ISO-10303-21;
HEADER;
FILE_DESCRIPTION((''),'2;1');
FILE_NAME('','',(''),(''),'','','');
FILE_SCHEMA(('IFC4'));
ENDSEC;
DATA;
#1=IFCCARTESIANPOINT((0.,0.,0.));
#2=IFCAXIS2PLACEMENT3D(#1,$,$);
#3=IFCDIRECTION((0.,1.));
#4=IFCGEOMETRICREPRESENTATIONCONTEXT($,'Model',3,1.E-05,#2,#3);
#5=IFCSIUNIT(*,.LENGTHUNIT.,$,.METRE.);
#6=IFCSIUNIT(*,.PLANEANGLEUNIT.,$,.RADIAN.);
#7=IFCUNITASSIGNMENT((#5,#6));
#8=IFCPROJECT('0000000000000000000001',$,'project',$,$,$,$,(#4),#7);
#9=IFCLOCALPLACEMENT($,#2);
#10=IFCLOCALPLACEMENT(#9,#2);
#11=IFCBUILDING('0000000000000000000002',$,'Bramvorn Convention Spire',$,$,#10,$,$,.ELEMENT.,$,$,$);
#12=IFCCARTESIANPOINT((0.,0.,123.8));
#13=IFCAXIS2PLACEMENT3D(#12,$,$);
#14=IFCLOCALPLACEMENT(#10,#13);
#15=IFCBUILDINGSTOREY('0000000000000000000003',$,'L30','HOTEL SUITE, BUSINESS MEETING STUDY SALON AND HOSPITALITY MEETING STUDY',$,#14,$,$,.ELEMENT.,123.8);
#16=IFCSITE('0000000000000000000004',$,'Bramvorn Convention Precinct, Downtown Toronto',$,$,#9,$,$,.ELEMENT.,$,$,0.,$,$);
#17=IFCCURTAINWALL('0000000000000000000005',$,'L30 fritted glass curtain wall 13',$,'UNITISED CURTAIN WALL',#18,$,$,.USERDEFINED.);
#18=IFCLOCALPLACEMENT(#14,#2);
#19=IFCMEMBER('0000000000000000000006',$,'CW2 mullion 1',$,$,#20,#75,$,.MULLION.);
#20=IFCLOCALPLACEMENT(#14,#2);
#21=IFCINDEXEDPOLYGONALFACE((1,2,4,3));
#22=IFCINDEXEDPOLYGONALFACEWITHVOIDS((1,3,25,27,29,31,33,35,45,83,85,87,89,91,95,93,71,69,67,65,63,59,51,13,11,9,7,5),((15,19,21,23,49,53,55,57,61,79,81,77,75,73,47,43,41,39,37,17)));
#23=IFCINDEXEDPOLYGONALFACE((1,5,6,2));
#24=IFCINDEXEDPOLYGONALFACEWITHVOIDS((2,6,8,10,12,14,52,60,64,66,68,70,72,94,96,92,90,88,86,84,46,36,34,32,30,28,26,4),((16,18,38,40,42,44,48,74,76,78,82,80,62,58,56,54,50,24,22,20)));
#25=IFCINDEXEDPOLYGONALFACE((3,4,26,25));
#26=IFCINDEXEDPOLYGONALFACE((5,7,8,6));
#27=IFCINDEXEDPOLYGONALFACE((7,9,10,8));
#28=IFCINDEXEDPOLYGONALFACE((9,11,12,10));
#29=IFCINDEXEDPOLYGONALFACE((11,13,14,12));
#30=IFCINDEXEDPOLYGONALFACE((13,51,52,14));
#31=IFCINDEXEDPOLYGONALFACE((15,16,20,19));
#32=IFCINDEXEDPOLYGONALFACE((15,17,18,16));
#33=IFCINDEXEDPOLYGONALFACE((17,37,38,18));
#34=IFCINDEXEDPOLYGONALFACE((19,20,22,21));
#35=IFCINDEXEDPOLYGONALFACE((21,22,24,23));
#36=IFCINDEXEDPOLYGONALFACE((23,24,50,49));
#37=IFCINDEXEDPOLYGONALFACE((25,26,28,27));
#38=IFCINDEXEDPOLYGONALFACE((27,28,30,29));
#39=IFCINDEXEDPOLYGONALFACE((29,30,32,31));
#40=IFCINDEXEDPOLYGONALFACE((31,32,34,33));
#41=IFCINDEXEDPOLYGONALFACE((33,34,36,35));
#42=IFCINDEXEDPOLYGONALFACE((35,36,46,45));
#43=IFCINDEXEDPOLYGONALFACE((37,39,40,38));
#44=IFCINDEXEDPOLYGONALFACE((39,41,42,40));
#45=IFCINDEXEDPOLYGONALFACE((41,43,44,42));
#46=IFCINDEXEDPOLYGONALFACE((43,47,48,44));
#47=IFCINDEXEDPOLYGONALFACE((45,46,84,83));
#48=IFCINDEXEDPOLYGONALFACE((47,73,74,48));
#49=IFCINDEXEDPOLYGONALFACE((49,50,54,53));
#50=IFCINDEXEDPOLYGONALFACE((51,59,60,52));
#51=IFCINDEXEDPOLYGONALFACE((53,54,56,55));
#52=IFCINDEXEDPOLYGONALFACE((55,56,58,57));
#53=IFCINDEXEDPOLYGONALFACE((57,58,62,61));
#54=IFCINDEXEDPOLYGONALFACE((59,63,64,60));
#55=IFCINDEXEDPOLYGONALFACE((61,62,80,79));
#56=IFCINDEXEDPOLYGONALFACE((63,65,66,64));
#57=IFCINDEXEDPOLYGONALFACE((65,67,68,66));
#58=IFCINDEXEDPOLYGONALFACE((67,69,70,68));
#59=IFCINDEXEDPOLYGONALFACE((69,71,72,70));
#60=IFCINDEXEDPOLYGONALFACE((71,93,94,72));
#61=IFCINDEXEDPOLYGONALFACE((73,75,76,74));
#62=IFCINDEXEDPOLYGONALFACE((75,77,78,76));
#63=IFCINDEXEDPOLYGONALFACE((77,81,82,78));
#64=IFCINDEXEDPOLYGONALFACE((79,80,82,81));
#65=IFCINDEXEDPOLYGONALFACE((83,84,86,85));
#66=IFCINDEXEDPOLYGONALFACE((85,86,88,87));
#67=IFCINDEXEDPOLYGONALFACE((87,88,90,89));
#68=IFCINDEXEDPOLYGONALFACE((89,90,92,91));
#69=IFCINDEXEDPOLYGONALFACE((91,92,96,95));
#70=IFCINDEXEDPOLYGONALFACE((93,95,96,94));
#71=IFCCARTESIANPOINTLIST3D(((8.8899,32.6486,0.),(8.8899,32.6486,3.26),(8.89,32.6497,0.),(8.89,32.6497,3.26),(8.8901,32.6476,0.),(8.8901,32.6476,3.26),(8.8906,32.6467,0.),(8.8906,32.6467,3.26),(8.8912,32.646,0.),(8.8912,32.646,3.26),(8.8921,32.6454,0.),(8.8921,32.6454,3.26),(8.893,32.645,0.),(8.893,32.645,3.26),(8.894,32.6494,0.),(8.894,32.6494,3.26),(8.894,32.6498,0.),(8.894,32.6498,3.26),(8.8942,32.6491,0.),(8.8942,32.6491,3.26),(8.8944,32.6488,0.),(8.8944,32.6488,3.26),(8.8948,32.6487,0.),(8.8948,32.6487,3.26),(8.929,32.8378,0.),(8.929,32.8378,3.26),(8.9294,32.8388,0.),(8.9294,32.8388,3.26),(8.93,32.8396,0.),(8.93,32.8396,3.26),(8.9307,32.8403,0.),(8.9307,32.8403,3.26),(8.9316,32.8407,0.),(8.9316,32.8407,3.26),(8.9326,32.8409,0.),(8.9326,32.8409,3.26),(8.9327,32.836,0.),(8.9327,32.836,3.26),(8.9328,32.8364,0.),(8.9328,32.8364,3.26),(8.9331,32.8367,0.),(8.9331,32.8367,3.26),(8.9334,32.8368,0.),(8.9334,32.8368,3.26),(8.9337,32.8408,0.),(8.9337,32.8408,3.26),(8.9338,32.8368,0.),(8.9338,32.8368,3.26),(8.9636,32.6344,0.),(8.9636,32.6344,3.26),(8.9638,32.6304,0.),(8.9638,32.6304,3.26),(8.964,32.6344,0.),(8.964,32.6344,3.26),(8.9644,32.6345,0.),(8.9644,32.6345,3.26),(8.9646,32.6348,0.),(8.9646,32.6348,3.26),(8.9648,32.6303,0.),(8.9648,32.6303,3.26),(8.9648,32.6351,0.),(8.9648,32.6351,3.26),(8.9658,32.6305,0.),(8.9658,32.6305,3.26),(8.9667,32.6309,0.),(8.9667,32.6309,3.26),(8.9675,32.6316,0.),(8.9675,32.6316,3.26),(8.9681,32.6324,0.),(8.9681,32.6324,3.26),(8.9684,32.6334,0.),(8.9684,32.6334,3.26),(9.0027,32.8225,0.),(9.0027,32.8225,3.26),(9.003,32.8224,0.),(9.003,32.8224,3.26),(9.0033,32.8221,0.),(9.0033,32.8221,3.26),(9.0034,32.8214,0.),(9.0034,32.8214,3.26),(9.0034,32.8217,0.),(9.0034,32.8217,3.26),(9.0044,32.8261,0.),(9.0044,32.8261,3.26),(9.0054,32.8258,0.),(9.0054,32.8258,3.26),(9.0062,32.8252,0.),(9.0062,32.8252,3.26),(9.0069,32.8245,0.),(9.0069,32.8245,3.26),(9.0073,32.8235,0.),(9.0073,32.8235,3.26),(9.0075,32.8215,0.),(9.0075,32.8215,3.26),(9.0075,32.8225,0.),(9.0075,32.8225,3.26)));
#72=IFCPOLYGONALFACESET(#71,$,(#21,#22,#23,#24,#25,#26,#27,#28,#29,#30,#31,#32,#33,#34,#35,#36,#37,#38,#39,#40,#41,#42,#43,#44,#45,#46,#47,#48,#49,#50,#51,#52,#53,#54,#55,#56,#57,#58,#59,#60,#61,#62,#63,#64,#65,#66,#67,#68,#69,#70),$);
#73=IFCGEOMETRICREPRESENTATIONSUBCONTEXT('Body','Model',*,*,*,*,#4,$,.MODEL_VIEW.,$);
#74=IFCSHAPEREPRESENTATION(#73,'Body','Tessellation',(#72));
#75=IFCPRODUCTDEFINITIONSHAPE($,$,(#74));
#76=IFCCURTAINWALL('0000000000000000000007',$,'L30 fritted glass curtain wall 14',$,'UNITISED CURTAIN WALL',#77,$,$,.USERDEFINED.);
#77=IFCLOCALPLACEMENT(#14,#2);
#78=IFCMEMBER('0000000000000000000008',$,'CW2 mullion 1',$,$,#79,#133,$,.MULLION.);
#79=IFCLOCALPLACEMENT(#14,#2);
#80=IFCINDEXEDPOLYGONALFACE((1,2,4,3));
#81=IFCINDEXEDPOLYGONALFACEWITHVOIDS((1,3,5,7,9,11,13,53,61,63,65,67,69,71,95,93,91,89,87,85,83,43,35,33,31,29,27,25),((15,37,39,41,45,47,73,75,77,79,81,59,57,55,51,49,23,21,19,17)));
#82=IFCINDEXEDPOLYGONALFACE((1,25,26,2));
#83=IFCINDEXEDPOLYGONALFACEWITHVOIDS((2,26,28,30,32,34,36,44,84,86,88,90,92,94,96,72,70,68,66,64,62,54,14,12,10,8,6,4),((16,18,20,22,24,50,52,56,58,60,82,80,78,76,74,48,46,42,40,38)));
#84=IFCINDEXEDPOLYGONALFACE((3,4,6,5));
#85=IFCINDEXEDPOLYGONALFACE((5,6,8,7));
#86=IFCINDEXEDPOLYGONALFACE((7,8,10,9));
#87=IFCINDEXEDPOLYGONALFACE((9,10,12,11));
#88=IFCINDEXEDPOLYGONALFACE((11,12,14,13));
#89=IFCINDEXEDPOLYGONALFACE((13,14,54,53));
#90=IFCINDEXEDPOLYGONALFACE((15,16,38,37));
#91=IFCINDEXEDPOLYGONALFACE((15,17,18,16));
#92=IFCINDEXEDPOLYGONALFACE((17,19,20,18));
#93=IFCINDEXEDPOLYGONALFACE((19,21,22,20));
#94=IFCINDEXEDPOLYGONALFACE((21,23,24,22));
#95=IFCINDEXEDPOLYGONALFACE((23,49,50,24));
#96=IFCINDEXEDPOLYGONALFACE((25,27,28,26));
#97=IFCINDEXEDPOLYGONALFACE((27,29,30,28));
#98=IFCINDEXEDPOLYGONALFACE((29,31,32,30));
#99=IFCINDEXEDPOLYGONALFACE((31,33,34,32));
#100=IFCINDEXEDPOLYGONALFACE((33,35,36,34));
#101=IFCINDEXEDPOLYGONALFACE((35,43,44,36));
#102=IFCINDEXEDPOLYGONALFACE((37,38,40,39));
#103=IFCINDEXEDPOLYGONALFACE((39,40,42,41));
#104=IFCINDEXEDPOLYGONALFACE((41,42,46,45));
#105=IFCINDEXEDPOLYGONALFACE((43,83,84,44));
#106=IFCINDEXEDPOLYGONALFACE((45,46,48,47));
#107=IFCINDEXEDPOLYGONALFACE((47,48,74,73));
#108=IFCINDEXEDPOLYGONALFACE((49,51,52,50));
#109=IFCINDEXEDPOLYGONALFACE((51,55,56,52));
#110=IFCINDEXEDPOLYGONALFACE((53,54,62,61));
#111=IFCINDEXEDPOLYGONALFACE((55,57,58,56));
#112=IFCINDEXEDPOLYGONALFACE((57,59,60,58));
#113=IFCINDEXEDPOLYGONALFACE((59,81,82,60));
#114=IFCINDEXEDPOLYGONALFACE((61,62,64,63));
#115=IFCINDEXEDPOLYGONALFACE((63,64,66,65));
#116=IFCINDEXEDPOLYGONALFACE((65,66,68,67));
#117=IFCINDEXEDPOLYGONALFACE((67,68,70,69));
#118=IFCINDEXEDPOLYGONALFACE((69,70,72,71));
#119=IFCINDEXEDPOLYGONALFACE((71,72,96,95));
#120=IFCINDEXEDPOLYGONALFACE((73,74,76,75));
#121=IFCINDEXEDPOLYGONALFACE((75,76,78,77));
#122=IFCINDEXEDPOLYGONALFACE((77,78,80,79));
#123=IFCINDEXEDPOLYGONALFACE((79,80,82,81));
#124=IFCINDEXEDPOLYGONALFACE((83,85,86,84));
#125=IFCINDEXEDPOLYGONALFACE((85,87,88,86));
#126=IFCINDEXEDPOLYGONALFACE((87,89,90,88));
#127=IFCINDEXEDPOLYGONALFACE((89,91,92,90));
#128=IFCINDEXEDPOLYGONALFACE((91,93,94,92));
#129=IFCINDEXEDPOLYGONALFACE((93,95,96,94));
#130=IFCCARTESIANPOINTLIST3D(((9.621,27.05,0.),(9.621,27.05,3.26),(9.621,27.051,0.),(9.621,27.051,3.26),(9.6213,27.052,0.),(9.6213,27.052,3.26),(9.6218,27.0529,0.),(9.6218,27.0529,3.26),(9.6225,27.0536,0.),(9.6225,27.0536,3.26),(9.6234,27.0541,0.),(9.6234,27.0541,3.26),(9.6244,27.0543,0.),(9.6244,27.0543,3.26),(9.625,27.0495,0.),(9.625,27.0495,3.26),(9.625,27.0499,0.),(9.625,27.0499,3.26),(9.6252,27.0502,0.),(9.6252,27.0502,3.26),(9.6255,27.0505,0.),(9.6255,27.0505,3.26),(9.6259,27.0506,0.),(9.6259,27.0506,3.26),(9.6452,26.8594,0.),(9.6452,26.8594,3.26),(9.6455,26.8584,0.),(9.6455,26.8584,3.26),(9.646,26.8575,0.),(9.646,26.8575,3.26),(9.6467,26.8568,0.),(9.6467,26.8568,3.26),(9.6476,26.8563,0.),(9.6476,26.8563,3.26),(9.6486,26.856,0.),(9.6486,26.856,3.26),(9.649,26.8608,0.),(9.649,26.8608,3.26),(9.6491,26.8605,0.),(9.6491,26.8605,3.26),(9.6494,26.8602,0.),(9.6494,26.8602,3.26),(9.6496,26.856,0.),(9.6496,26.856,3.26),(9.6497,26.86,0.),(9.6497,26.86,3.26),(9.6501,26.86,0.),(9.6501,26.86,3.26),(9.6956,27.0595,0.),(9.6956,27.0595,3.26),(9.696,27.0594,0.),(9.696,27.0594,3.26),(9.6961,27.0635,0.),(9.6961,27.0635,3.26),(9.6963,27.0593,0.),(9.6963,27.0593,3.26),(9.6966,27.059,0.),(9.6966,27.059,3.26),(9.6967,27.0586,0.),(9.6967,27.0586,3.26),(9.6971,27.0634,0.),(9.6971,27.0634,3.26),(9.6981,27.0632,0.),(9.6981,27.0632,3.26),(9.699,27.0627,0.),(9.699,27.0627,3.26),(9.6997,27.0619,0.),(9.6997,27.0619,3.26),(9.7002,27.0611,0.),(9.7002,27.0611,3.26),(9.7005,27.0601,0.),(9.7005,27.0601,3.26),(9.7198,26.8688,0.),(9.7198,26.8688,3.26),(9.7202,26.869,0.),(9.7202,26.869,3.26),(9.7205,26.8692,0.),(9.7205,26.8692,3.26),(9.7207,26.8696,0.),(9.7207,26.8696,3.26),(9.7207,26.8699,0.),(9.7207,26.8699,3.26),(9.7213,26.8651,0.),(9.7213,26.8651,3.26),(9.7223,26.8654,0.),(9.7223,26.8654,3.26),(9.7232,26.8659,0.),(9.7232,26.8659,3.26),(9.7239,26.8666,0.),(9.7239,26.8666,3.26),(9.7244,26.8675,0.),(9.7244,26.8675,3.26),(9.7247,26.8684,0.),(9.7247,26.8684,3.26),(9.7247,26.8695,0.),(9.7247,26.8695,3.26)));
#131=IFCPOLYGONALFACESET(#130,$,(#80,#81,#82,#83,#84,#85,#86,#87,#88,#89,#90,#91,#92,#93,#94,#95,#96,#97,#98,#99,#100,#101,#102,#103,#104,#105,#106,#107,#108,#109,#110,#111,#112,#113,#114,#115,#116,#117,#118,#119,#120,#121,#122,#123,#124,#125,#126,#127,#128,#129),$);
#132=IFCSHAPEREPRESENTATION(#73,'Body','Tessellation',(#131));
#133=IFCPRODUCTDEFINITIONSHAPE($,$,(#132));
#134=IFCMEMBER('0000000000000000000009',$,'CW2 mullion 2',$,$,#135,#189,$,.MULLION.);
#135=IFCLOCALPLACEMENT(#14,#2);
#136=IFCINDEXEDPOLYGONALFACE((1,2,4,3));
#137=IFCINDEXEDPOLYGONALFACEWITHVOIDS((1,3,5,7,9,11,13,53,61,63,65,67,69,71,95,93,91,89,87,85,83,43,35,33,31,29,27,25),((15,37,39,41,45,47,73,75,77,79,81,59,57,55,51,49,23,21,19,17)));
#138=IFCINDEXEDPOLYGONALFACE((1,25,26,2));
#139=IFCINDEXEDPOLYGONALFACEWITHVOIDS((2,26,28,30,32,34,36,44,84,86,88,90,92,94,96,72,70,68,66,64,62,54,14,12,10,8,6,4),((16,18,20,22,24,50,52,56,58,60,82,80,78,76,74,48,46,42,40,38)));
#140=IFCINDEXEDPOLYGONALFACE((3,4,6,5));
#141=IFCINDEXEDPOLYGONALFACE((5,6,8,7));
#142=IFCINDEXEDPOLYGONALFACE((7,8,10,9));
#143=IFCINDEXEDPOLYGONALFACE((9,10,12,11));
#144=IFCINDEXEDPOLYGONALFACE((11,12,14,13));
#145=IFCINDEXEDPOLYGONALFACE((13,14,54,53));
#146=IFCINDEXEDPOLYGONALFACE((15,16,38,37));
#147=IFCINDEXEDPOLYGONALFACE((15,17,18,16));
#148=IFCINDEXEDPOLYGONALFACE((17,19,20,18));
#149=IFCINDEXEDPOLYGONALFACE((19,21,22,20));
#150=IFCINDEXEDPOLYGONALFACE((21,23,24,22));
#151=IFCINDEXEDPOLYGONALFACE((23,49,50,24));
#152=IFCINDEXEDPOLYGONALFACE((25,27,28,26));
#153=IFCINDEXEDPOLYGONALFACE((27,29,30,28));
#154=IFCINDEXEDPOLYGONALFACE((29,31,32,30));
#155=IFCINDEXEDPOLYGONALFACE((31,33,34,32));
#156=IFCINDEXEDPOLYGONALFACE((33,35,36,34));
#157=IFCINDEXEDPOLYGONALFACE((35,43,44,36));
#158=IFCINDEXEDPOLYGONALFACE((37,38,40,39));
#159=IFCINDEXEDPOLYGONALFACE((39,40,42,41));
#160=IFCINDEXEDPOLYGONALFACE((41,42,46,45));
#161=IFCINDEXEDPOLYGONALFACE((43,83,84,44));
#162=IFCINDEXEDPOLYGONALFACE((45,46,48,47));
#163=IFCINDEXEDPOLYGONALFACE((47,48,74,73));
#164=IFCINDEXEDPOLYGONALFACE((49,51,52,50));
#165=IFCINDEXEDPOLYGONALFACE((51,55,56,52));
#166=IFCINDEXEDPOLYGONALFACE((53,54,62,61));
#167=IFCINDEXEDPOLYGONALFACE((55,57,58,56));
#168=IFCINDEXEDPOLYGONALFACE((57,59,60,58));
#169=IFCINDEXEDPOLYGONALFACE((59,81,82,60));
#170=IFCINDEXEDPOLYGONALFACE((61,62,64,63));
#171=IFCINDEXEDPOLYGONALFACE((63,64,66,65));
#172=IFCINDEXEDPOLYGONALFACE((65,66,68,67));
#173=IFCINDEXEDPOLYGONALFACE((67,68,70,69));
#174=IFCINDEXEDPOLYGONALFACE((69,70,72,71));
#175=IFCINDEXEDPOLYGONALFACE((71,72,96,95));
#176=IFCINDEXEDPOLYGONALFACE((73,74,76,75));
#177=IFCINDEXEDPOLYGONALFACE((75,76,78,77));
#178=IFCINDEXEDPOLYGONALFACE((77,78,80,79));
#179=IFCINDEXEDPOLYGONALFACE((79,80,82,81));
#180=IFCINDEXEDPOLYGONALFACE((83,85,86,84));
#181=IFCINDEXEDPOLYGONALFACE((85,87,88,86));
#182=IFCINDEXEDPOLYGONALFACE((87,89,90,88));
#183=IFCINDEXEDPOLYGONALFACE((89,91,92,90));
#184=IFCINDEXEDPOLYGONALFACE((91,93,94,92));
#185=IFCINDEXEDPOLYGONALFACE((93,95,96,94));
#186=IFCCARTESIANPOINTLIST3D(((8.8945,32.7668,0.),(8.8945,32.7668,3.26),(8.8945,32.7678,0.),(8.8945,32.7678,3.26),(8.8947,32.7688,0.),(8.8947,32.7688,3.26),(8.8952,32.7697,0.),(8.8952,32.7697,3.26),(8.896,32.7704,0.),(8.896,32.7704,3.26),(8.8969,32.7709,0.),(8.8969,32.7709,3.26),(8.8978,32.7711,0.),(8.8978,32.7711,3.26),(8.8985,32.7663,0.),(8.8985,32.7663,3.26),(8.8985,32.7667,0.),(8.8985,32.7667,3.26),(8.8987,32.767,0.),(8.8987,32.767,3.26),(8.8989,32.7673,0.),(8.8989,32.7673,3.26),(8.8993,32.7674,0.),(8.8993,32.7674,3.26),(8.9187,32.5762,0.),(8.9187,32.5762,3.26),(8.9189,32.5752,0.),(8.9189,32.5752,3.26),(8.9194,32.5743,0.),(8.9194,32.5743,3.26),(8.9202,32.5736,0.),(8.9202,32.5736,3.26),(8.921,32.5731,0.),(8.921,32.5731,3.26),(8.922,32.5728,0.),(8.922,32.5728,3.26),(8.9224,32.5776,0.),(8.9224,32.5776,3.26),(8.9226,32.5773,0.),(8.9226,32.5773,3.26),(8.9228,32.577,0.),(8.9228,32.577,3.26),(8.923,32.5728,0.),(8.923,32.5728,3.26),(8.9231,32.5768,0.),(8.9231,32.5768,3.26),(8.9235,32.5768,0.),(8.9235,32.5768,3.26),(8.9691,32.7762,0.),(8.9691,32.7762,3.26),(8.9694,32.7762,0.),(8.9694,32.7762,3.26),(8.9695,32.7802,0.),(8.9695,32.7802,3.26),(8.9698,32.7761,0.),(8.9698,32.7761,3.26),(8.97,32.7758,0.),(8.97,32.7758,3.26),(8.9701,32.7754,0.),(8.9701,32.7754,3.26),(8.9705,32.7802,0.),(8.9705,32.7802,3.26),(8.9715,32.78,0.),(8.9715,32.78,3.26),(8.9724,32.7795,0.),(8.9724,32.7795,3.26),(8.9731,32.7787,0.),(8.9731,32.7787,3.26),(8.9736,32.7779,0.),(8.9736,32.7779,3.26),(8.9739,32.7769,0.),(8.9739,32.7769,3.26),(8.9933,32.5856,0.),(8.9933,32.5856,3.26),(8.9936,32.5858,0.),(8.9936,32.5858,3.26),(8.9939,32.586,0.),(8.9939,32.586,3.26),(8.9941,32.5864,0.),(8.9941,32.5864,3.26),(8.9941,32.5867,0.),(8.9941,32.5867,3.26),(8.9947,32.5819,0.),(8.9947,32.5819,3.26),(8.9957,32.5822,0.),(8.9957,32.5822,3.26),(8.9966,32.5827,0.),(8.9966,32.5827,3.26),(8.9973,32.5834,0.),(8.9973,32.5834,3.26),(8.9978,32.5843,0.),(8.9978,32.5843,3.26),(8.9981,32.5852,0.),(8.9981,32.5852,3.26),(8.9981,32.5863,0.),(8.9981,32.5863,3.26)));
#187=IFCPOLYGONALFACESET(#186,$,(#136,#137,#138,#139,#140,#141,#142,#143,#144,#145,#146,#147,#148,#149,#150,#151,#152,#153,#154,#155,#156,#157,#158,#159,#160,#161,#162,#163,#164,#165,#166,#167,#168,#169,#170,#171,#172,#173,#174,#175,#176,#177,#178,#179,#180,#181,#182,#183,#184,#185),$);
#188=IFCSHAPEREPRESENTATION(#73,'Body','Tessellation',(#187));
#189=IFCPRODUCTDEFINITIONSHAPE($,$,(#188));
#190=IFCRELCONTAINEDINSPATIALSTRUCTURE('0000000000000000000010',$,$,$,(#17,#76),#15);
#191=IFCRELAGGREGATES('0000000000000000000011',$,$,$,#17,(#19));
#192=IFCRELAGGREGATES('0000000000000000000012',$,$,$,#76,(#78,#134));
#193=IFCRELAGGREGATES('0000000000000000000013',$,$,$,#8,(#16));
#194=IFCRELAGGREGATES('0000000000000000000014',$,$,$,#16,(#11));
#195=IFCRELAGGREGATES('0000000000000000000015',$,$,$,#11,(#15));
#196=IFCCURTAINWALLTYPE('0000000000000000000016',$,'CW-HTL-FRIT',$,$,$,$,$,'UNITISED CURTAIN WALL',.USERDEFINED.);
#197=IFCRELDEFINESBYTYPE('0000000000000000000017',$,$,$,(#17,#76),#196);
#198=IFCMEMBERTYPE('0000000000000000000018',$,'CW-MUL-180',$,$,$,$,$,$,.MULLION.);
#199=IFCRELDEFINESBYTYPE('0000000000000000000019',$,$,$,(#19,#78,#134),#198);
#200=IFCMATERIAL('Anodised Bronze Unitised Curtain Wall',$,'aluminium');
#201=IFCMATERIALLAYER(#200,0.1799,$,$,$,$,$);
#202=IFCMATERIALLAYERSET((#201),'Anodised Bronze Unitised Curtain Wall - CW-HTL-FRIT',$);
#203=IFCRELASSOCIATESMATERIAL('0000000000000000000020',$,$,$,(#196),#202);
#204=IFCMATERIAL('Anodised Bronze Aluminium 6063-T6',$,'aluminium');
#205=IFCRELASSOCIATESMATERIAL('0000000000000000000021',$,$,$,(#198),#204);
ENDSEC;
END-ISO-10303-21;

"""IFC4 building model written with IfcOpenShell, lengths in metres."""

from ifc_helpers import new_model, si_unit, direction, frame, origin, origin_2d, place, context, subcontext, project, spatial, hollow_rectangle, extrude, material, layer, layer_set, material_profile, profile_set, type_object, element, aggregate, save


model = new_model("IFC4")

# Units and contexts
model_context = context("Model", 3, precision=1e-05, world=origin(), true_north=direction((0.0, 1.0)))
body_context = subcontext(model_context, "Body", "Model", "MODEL_VIEW")
ifc_project = project(units=[si_unit("LENGTHUNIT", "METRE"), si_unit("PLANEANGLEUNIT", "RADIAN")], contexts=[model_context])

# Site, building, storey
site_placement = place(None, origin())
site = spatial("IfcSite", under=ifc_project, at=site_placement, Name="Bramvorn Convention Precinct, Downtown Toronto", CompositionType="ELEMENT", RefElevation=0.0)
building_placement = place(site_placement, origin())
building = spatial("IfcBuilding", under=site, at=building_placement, Name="Bramvorn Convention Spire", CompositionType="ELEMENT")
storey_placement = place(building_placement, frame((0.0, 0.0, 123.8)))
storey = spatial("IfcBuildingStorey", under=building, at=storey_placement, Name="L30", Description="HOTEL SUITE, BUSINESS MEETING STUDY SALON AND HOSPITALITY MEETING STUDY", CompositionType="ELEMENT", Elevation=123.8)

# Curtain wall, member
ifc_material_1 = material(Name="Anodised Bronze Unitised Curtain Wall", Category="aluminium")
ifc_layer_1 = layer(ifc_material_1, 0.1799)
ifc_layer_set_1 = layer_set([ifc_layer_1], Name="Anodised Bronze Unitised Curtain Wall - CW-HTL-FRIT")
curtain_wall_type = type_object("IfcCurtainWallType", Name="CW-HTL-FRIT", ElementType="UNITISED CURTAIN WALL", PredefinedType="USERDEFINED", material=ifc_layer_set_1)
curtain_wall_1_placement = place(storey_placement, origin())
curtain_wall_1 = element("IfcCurtainWall", 1, at=curtain_wall_1_placement, inside=storey, type_object=curtain_wall_type, Name="L30 fritted glass curtain wall 13", ObjectType="UNITISED CURTAIN WALL", PredefinedType="USERDEFINED")
ifc_material_2 = material(Name="Anodised Bronze Aluminium 6063-T6", Category="aluminium")
ifc_material_profile_1 = material_profile(ifc_material_2, hollow_rectangle(XDim=0.0801, YDim=0.2, WallThickness=0.0039, InnerFilletRadius=0.001, OuterFilletRadius=0.0039, at=origin_2d()))
ifc_profile_set_1 = profile_set([ifc_material_profile_1], Name="Anodised Bronze Aluminium 6063-T6 - CWM80X200")
member_type_1 = type_object("IfcMemberType", Name="CW-MUL-180", PredefinedType="MULLION", material=ifc_profile_set_1)
member_1_placement = place(storey_placement, frame((8.9487, 32.7356, 0.0), z_axis=(0.0, 0.0, 1.0), x_axis=(-0.979146, 0.203158, 0.0)))
member_1 = element("IfcMember", 2, at=member_1_placement, type_object=member_type_1, Name="CW2 mullion 1", PredefinedType="MULLION", context=body_context, shape_type="SweptSolid", body=[
    extrude(hollow_rectangle(XDim=0.0801, YDim=0.2, WallThickness=0.0039, InnerFilletRadius=0.001, OuterFilletRadius=0.0039, at=origin_2d()), origin(), (0.0, 0.0, 1.0), 3.26),
])

# Curtain wall, members
curtain_wall_2_placement = place(storey_placement, origin())
curtain_wall_2 = element("IfcCurtainWall", 3, at=curtain_wall_2_placement, inside=storey, type_object=curtain_wall_type, Name="L30 fritted glass curtain wall 14", ObjectType="UNITISED CURTAIN WALL", PredefinedType="USERDEFINED")
member_2_placement = place(storey_placement, frame((9.6729, 26.9597, 0.0), z_axis=(0.0, 0.0, 1.0), x_axis=(-0.992021, -0.126074, 0.0)))
member_2 = element("IfcMember", 4, at=member_2_placement, type_object=member_type_1, Name="CW2 mullion 1", PredefinedType="MULLION", context=body_context, shape_type="SweptSolid", body=[
    extrude(hollow_rectangle(XDim=0.0801, YDim=0.2, WallThickness=0.0039, InnerFilletRadius=0.001, OuterFilletRadius=0.0039, at=origin_2d()), origin(), (0.0, 0.0, 1.0), 3.26),
])
member_3_placement = place(storey_placement, frame((8.9463, 32.6765, 0.0), z_axis=(0.0, 0.0, 1.0), x_axis=(-0.992021, -0.126074, 0.0)))
member_3 = element("IfcMember", 5, at=member_3_placement, type_object=member_type_1, Name="CW2 mullion 2", PredefinedType="MULLION", context=body_context, shape_type="SweptSolid", body=[
    extrude(hollow_rectangle(XDim=0.0801, YDim=0.2, WallThickness=0.0039, InnerFilletRadius=0.001, OuterFilletRadius=0.0039, at=origin_2d()), origin(), (0.0, 0.0, 1.0), 3.26),
])

aggregate(curtain_wall_1, [member_1])
aggregate(curtain_wall_2, [member_2, member_3])

save(model, "model.ifc")
